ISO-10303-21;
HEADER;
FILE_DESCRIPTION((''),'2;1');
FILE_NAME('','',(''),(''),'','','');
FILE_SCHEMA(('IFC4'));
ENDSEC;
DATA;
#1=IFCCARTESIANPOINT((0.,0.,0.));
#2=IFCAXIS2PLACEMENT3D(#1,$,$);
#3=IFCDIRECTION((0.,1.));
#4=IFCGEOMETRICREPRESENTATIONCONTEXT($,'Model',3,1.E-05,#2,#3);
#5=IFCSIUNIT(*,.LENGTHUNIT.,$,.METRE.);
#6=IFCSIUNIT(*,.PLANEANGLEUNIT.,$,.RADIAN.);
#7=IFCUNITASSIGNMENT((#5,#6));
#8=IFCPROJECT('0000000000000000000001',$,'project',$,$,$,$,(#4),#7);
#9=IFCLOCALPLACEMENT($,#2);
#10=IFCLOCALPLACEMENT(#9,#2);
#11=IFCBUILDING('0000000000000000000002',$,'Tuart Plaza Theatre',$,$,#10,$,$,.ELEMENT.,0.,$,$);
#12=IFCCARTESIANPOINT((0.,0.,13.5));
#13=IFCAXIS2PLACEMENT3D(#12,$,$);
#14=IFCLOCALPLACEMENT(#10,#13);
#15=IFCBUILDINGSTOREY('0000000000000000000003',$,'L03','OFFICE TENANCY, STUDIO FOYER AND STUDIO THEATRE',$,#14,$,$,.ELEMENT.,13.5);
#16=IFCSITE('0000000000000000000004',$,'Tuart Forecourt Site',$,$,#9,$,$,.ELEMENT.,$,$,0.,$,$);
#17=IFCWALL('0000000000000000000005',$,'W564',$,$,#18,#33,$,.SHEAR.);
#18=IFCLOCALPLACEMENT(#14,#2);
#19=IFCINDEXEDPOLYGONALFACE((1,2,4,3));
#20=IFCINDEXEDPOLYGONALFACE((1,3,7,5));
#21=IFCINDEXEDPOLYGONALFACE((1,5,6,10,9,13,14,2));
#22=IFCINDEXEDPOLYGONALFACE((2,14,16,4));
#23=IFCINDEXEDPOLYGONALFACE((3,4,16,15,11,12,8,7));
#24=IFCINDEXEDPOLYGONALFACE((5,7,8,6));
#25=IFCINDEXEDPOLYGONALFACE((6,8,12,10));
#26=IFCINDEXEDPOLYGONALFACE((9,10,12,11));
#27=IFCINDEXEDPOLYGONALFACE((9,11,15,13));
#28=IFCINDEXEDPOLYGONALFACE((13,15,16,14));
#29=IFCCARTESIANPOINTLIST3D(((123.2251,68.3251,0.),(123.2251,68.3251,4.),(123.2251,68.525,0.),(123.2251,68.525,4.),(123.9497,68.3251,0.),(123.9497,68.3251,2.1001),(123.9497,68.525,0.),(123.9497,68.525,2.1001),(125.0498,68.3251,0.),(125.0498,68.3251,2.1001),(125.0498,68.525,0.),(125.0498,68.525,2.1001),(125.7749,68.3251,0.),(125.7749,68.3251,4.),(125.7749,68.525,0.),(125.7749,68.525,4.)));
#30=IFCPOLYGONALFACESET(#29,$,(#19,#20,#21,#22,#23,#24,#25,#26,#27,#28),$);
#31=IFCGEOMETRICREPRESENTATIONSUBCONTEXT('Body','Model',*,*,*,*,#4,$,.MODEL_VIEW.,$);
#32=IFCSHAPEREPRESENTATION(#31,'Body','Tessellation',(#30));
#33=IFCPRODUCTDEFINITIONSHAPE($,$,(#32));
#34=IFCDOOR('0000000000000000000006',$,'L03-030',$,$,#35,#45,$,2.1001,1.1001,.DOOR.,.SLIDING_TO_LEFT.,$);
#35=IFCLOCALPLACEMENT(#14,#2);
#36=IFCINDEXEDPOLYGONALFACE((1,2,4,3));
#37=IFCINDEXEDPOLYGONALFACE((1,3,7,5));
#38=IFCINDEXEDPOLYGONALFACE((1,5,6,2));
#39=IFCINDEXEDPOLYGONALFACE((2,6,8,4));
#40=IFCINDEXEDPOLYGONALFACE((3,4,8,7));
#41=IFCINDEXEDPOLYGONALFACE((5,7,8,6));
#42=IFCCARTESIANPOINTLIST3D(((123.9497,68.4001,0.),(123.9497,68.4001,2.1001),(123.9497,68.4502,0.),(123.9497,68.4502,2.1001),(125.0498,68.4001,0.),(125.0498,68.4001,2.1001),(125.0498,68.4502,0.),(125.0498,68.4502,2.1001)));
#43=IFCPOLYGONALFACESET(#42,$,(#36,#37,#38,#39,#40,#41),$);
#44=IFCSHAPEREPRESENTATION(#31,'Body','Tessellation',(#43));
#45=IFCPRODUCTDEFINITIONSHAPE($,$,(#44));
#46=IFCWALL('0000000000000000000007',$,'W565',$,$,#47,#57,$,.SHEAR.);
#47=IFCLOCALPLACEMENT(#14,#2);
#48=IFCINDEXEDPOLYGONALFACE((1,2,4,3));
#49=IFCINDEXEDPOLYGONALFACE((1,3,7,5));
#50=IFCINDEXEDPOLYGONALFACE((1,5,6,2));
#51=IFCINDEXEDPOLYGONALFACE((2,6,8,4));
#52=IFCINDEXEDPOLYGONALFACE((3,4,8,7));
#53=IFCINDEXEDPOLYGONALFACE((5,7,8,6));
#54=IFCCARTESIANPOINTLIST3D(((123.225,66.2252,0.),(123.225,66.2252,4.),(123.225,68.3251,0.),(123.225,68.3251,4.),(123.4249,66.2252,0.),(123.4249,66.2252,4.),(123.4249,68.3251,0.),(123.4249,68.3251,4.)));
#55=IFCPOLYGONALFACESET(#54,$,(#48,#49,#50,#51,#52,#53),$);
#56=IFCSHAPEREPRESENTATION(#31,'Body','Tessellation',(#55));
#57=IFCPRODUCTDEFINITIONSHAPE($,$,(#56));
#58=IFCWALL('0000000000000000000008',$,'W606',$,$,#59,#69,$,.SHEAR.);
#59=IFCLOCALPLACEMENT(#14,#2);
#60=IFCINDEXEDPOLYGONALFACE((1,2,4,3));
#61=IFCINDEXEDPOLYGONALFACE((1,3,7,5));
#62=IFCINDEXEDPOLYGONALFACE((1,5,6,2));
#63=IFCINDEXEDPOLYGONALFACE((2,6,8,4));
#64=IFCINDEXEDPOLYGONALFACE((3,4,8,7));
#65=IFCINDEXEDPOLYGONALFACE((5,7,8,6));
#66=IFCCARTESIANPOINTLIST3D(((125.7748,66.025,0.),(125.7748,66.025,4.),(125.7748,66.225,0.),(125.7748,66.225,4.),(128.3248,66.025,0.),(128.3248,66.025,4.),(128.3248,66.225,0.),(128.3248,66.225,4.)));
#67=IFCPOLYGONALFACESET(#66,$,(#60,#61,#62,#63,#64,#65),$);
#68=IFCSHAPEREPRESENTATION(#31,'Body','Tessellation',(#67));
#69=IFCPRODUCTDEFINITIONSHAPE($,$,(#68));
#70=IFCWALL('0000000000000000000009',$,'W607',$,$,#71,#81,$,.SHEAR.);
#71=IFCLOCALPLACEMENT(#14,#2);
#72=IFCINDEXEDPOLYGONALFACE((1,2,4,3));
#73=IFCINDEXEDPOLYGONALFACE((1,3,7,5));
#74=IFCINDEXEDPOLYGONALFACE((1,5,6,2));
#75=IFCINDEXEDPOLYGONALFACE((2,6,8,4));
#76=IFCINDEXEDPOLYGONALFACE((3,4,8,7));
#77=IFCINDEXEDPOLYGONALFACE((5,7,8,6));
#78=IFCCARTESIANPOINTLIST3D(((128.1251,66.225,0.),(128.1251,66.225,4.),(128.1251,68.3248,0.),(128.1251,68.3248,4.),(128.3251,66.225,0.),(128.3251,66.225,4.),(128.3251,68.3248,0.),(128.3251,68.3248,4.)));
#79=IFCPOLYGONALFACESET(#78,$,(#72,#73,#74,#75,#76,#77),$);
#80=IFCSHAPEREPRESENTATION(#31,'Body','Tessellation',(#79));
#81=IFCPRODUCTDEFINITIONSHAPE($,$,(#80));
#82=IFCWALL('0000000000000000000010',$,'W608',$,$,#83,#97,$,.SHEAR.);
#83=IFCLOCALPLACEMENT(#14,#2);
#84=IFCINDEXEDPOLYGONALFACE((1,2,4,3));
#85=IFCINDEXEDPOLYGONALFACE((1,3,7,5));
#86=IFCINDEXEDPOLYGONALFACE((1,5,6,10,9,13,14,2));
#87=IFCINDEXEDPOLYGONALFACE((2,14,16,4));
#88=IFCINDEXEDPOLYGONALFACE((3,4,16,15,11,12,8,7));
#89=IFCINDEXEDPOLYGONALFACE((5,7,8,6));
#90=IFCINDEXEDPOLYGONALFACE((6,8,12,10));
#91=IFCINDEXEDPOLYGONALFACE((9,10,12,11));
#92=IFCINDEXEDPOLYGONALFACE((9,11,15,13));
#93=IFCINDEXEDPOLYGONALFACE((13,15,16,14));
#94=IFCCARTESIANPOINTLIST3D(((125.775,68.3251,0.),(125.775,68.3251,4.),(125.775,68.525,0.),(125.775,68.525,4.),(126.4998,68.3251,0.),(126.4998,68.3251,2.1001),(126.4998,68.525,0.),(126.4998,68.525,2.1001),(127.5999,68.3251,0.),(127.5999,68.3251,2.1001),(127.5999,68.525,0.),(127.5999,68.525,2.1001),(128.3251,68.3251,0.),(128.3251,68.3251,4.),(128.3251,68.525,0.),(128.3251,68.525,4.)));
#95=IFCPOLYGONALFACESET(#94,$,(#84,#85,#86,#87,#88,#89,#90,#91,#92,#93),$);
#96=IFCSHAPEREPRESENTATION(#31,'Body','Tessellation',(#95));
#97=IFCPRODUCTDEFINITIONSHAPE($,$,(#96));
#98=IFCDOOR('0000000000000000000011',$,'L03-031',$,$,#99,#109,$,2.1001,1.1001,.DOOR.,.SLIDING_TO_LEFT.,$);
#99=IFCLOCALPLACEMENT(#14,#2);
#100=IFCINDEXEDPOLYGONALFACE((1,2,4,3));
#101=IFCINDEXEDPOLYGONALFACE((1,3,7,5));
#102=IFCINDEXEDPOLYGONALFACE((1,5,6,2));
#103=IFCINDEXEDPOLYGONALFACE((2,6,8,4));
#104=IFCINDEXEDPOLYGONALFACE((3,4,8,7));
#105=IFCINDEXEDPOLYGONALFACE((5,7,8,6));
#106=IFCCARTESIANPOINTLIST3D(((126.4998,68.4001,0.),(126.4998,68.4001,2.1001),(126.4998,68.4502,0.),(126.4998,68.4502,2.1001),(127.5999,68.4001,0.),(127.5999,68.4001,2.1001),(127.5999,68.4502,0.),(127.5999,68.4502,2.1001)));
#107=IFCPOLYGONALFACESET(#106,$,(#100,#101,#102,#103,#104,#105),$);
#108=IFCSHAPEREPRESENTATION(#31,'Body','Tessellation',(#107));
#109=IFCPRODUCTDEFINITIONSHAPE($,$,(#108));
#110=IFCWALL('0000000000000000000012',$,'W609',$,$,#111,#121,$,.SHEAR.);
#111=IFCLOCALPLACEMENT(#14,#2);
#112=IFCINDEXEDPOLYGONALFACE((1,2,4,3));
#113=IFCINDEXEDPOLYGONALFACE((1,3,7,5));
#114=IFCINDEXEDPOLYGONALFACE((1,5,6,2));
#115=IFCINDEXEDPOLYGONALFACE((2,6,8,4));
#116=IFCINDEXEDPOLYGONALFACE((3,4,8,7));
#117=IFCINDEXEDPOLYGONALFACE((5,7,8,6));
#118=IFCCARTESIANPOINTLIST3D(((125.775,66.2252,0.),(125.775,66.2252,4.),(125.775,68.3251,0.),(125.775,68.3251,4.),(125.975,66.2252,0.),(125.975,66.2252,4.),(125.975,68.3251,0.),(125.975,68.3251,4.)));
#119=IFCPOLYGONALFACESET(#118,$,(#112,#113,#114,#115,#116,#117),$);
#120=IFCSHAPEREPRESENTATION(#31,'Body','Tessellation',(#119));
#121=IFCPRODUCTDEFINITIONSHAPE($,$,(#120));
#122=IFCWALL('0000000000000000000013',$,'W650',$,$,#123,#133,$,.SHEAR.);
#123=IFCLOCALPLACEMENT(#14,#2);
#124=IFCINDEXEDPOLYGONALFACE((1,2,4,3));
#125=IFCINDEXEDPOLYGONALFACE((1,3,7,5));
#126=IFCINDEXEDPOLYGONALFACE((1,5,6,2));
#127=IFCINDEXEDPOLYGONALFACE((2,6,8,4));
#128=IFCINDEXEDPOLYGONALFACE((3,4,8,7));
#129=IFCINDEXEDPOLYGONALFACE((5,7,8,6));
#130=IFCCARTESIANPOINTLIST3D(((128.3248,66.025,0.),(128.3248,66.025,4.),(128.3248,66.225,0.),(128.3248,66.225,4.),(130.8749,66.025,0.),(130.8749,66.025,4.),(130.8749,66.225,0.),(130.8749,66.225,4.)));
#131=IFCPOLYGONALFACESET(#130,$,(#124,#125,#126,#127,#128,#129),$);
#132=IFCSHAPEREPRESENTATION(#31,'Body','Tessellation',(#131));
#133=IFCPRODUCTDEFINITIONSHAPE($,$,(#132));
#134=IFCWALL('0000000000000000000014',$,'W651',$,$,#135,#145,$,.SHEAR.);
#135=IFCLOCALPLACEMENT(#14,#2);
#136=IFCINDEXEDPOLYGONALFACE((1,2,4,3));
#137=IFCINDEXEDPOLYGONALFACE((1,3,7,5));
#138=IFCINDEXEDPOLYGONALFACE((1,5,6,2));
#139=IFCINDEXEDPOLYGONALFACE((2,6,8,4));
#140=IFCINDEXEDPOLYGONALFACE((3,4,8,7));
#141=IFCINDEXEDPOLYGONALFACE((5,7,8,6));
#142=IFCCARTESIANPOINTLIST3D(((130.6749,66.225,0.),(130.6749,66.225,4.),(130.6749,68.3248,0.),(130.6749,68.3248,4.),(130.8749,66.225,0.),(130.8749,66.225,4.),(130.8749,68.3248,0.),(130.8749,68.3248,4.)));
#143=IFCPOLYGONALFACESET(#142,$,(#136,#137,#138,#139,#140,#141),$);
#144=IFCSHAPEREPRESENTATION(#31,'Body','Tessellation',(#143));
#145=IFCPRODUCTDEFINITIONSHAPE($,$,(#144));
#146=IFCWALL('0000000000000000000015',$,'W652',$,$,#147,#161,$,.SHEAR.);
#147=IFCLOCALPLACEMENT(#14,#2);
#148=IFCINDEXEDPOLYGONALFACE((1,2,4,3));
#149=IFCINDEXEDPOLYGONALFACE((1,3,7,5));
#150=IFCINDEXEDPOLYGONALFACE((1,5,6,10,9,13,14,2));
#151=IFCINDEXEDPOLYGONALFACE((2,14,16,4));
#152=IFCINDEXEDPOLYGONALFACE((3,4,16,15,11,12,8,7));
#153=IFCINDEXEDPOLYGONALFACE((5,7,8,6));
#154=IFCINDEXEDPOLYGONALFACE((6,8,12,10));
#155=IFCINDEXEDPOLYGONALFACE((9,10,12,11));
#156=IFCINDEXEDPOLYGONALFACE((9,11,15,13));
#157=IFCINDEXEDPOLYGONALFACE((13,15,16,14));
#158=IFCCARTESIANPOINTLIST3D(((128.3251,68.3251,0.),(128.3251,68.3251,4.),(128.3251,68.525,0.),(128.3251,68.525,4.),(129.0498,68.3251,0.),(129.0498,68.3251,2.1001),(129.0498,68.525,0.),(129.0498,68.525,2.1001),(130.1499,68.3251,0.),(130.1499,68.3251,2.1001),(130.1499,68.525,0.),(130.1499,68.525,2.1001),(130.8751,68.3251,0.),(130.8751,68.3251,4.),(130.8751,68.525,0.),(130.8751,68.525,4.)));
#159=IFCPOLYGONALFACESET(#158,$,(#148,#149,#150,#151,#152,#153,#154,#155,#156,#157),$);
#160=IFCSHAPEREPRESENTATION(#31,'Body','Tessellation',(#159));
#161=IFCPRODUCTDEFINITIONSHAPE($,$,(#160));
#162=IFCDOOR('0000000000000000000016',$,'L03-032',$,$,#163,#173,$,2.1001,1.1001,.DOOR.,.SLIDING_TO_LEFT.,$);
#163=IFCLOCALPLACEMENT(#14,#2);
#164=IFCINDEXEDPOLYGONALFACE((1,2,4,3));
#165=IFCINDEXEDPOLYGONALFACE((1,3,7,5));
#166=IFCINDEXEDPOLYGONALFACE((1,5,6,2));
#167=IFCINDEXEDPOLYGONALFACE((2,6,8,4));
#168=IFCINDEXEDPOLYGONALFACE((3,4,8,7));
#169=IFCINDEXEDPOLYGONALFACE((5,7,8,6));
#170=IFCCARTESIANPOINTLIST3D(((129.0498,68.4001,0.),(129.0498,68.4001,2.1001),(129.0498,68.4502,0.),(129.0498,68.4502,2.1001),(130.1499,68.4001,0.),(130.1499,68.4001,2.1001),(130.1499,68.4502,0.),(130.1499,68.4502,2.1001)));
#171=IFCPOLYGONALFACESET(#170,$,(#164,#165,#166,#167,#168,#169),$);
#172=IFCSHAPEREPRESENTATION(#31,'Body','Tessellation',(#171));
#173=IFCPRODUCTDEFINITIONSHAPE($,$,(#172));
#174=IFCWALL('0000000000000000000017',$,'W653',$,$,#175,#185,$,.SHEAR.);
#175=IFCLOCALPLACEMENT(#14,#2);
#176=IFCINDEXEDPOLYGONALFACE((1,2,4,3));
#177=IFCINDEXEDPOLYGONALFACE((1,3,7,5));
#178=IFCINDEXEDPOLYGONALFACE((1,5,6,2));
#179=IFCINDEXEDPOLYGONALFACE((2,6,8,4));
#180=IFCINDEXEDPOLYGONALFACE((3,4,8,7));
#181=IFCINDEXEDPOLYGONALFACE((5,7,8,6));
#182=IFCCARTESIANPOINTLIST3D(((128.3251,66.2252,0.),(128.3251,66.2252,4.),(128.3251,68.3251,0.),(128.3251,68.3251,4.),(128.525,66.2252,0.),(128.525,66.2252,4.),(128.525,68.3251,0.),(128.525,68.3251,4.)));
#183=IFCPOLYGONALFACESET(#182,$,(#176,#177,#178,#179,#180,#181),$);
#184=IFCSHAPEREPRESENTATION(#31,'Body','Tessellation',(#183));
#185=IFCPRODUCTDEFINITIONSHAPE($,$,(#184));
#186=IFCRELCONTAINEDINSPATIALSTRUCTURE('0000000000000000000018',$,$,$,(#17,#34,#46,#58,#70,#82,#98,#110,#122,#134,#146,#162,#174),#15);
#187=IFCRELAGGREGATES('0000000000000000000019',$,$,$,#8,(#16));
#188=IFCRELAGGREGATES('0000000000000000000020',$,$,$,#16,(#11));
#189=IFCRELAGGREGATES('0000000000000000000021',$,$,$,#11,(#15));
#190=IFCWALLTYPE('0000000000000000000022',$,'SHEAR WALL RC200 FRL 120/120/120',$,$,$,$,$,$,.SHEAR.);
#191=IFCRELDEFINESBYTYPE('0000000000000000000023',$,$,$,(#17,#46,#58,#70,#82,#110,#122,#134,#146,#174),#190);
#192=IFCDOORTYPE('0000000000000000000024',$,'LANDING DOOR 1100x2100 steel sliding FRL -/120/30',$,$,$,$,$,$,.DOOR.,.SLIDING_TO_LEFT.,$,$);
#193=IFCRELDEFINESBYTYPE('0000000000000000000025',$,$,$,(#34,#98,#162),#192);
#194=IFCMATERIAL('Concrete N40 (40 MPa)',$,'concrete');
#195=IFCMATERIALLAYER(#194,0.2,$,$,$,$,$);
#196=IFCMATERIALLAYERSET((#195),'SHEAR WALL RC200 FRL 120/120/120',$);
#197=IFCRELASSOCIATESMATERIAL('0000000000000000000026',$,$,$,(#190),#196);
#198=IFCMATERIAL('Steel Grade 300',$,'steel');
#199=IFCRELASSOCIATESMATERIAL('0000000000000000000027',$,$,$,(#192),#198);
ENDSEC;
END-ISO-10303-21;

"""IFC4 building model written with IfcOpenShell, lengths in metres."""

from ifc_helpers import new_model, si_unit, direction, frame, frame_2d, origin, place, context, subcontext, project, spatial, rectangle, extrude, material, layer, layer_set, type_object, element, fill, save


model = new_model("IFC4")

# Units and contexts
model_context = context("Model", 3, precision=1e-05, world=origin(), true_north=direction((0.0, 1.0)))
body_context = subcontext(model_context, "Body", "Model", "MODEL_VIEW")
ifc_project = project(units=[si_unit("LENGTHUNIT", "METRE"), si_unit("PLANEANGLEUNIT", "RADIAN")], contexts=[model_context])

# Site, building, storey
site_placement = place(None, origin())
site = spatial("IfcSite", under=ifc_project, at=site_placement, Name="Tuart Forecourt Site", CompositionType="ELEMENT", RefElevation=0.0)
building_placement = place(site_placement, origin())
building = spatial("IfcBuilding", under=site, at=building_placement, Name="Tuart Plaza Theatre", CompositionType="ELEMENT", ElevationOfRefHeight=0.0)
storey_placement = place(building_placement, frame((0.0, 0.0, 13.5)))
storey = spatial("IfcBuildingStorey", under=building, at=storey_placement, Name="L03", Description="OFFICE TENANCY, STUDIO FOYER AND STUDIO THEATRE", CompositionType="ELEMENT", Elevation=13.5)

# Shared definitions
ifc_material_1 = material(Name="Concrete N40 (40 MPa)", Category="concrete")
ifc_layer_1 = layer(ifc_material_1, 0.2)
ifc_layer_set_1 = layer_set([ifc_layer_1], Name="SHEAR WALL RC200 FRL 120/120/120")
wall_type_1 = type_object("IfcWallType", Name="SHEAR WALL RC200 FRL 120/120/120", PredefinedType="SHEAR", material=ifc_layer_set_1)

# Wall, opening, door
wall_1_placement = place(storey_placement, frame((125.7749, 68.425, 0.0), z_axis=(0.0, 0.0, 1.0), x_axis=(-1.0, 0.0, 0.0)))
wall_1 = element("IfcWall", 1, at=wall_1_placement, inside=storey, type_object=wall_type_1, Name="W564", PredefinedType="SHEAR", context=body_context, shape_type="SweptSolid", body=[
    extrude(rectangle(XDim=2.5498, YDim=0.2, at=frame_2d((1.2749, 0.0))), origin(), (0.0, 0.0, 1.0), 4.0),
])
opening_1_placement = place(wall_1_placement, frame((0.7251, 0.0, 0.0)))
opening_1 = element("IfcOpeningElement", 2, at=opening_1_placement, cuts=wall_1, PredefinedType="OPENING", context=body_context, shape_type="SweptSolid", body=[
    extrude(rectangle(XDim=1.1001, YDim=2.1001, at=frame_2d((0.55, 1.05))), frame((0.0, 0.1099, 0.0), z_axis=(0.0, -1.0, 0.0), x_axis=(1.0, 0.0, 0.0)), (0.0, 0.0, 1.0), 0.22),
])
ifc_material_2 = material(Name="Steel Grade 300", Category="steel")
door_type_1 = type_object("IfcDoorType", Name="LANDING DOOR 1100x2100 steel sliding FRL -/120/30", OperationType="SLIDING_TO_LEFT", PredefinedType="DOOR", material=ifc_material_2)
door_1_placement = place(opening_1_placement, origin())
door_1 = element("IfcDoor", 3, at=door_1_placement, inside=storey, type_object=door_type_1, Name="L03-030", OperationType="SLIDING_TO_LEFT", OverallHeight=2.1001, OverallWidth=1.1001, PredefinedType="DOOR", context=body_context, shape_type="SweptSolid", body=[
    extrude(rectangle(XDim=1.1001, YDim=2.1001, at=frame_2d((0.55, 1.05))), frame((0.0, 0.0249, 0.0), z_axis=(0.0, -1.0, 0.0), x_axis=(1.0, 0.0, 0.0)), (0.0, 0.0, 1.0), 0.05),
])
fill(opening_1, door_1)

# Walls
wall_2_placement = place(storey_placement, frame((123.325, 68.325, 0.0), z_axis=(0.0, 0.0, 1.0), x_axis=(0.0, -1.0, 0.0)))
element("IfcWall", 4, at=wall_2_placement, inside=storey, type_object=wall_type_1, Name="W565", PredefinedType="SHEAR", context=body_context, shape_type="SweptSolid", body=[
    extrude(rectangle(XDim=2.0999, YDim=0.2, at=frame_2d((1.0498, 0.0))), origin(), (0.0, 0.0, 1.0), 4.0),
])
wall_3_placement = place(storey_placement, frame((125.7749, 66.125, 0.0), z_axis=(0.0, 0.0, 1.0), x_axis=(1.0, 0.0, 0.0)))
element("IfcWall", 5, at=wall_3_placement, inside=storey, type_object=wall_type_1, Name="W606", PredefinedType="SHEAR", context=body_context, shape_type="SweptSolid", body=[
    extrude(rectangle(XDim=2.55, YDim=0.2, at=frame_2d((1.2749, 0.0))), origin(), (0.0, 0.0, 1.0), 4.0),
])
wall_4_placement = place(storey_placement, frame((128.2251, 66.2251, 0.0), z_axis=(0.0, 0.0, 1.0), x_axis=(0.0, 1.0, 0.0)))
element("IfcWall", 6, at=wall_4_placement, inside=storey, type_object=wall_type_1, Name="W607", PredefinedType="SHEAR", context=body_context, shape_type="SweptSolid", body=[
    extrude(rectangle(XDim=2.0999, YDim=0.2, at=frame_2d((1.0498, 0.0))), origin(), (0.0, 0.0, 1.0), 4.0),
])

# Wall, opening, door
wall_5_placement = place(storey_placement, frame((128.325, 68.425, 0.0), z_axis=(0.0, 0.0, 1.0), x_axis=(-1.0, 0.0, 0.0)))
wall_5 = element("IfcWall", 7, at=wall_5_placement, inside=storey, type_object=wall_type_1, Name="W608", PredefinedType="SHEAR", context=body_context, shape_type="SweptSolid", body=[
    extrude(rectangle(XDim=2.55, YDim=0.2, at=frame_2d((1.2749, 0.0))), origin(), (0.0, 0.0, 1.0), 4.0),
])
opening_2_placement = place(wall_5_placement, frame((0.7251, 0.0, 0.0)))
opening_2 = element("IfcOpeningElement", 8, at=opening_2_placement, cuts=wall_5, PredefinedType="OPENING", context=body_context, shape_type="SweptSolid", body=[
    extrude(rectangle(XDim=1.1001, YDim=2.1001, at=frame_2d((0.55, 1.05))), frame((0.0, 0.1099, 0.0), z_axis=(0.0, -1.0, 0.0), x_axis=(1.0, 0.0, 0.0)), (0.0, 0.0, 1.0), 0.22),
])
door_2_placement = place(opening_2_placement, origin())
door_2 = element("IfcDoor", 9, at=door_2_placement, inside=storey, type_object=door_type_1, Name="L03-031", OperationType="SLIDING_TO_LEFT", OverallHeight=2.1001, OverallWidth=1.1001, PredefinedType="DOOR", context=body_context, shape_type="SweptSolid", body=[
    extrude(rectangle(XDim=1.1001, YDim=2.1001, at=frame_2d((0.55, 1.05))), frame((0.0, 0.0249, 0.0), z_axis=(0.0, -1.0, 0.0), x_axis=(1.0, 0.0, 0.0)), (0.0, 0.0, 1.0), 0.05),
])
fill(opening_2, door_2)

# Walls
wall_6_placement = place(storey_placement, frame((125.875, 68.325, 0.0), z_axis=(0.0, 0.0, 1.0), x_axis=(0.0, -1.0, 0.0)))
element("IfcWall", 10, at=wall_6_placement, inside=storey, type_object=wall_type_1, Name="W609", PredefinedType="SHEAR", context=body_context, shape_type="SweptSolid", body=[
    extrude(rectangle(XDim=2.0999, YDim=0.2, at=frame_2d((1.0498, 0.0))), origin(), (0.0, 0.0, 1.0), 4.0),
])
wall_7_placement = place(storey_placement, frame((128.325, 66.125, 0.0), z_axis=(0.0, 0.0, 1.0), x_axis=(1.0, 0.0, 0.0)))
element("IfcWall", 11, at=wall_7_placement, inside=storey, type_object=wall_type_1, Name="W650", PredefinedType="SHEAR", context=body_context, shape_type="SweptSolid", body=[
    extrude(rectangle(XDim=2.55, YDim=0.2, at=frame_2d((1.2749, 0.0))), origin(), (0.0, 0.0, 1.0), 4.0),
])
wall_8_placement = place(storey_placement, frame((130.7749, 66.2251, 0.0), z_axis=(0.0, 0.0, 1.0), x_axis=(0.0, 1.0, 0.0)))
element("IfcWall", 12, at=wall_8_placement, inside=storey, type_object=wall_type_1, Name="W651", PredefinedType="SHEAR", context=body_context, shape_type="SweptSolid", body=[
    extrude(rectangle(XDim=2.0999, YDim=0.2, at=frame_2d((1.0498, 0.0))), origin(), (0.0, 0.0, 1.0), 4.0),
])

# Wall, opening, door
wall_9_placement = place(storey_placement, frame((130.875, 68.425, 0.0), z_axis=(0.0, 0.0, 1.0), x_axis=(-1.0, 0.0, 0.0)))
wall_9 = element("IfcWall", 13, at=wall_9_placement, inside=storey, type_object=wall_type_1, Name="W652", PredefinedType="SHEAR", context=body_context, shape_type="SweptSolid", body=[
    extrude(rectangle(XDim=2.55, YDim=0.2, at=frame_2d((1.2749, 0.0))), origin(), (0.0, 0.0, 1.0), 4.0),
])
opening_3_placement = place(wall_9_placement, frame((0.7251, 0.0, 0.0)))
opening_3 = element("IfcOpeningElement", 14, at=opening_3_placement, cuts=wall_9, PredefinedType="OPENING", context=body_context, shape_type="SweptSolid", body=[
    extrude(rectangle(XDim=1.1001, YDim=2.1001, at=frame_2d((0.55, 1.05))), frame((0.0, 0.1099, 0.0), z_axis=(0.0, -1.0, 0.0), x_axis=(1.0, 0.0, 0.0)), (0.0, 0.0, 1.0), 0.22),
])
door_3_placement = place(opening_3_placement, origin())
door_3 = element("IfcDoor", 15, at=door_3_placement, inside=storey, type_object=door_type_1, Name="L03-032", OperationType="SLIDING_TO_LEFT", OverallHeight=2.1001, OverallWidth=1.1001, PredefinedType="DOOR", context=body_context, shape_type="SweptSolid", body=[
    extrude(rectangle(XDim=1.1001, YDim=2.1001, at=frame_2d((0.55, 1.05))), frame((0.0, 0.0249, 0.0), z_axis=(0.0, -1.0, 0.0), x_axis=(1.0, 0.0, 0.0)), (0.0, 0.0, 1.0), 0.05),
])
fill(opening_3, door_3)

# Wall
wall_10_placement = place(storey_placement, frame((128.425, 68.325, 0.0), z_axis=(0.0, 0.0, 1.0), x_axis=(0.0, -1.0, 0.0)))
element("IfcWall", 16, at=wall_10_placement, inside=storey, type_object=wall_type_1, Name="W653", PredefinedType="SHEAR", context=body_context, shape_type="SweptSolid", body=[
    extrude(rectangle(XDim=2.0999, YDim=0.2, at=frame_2d((1.0498, 0.0))), origin(), (0.0, 0.0, 1.0), 4.0),
])

save(model, "model.ifc")
